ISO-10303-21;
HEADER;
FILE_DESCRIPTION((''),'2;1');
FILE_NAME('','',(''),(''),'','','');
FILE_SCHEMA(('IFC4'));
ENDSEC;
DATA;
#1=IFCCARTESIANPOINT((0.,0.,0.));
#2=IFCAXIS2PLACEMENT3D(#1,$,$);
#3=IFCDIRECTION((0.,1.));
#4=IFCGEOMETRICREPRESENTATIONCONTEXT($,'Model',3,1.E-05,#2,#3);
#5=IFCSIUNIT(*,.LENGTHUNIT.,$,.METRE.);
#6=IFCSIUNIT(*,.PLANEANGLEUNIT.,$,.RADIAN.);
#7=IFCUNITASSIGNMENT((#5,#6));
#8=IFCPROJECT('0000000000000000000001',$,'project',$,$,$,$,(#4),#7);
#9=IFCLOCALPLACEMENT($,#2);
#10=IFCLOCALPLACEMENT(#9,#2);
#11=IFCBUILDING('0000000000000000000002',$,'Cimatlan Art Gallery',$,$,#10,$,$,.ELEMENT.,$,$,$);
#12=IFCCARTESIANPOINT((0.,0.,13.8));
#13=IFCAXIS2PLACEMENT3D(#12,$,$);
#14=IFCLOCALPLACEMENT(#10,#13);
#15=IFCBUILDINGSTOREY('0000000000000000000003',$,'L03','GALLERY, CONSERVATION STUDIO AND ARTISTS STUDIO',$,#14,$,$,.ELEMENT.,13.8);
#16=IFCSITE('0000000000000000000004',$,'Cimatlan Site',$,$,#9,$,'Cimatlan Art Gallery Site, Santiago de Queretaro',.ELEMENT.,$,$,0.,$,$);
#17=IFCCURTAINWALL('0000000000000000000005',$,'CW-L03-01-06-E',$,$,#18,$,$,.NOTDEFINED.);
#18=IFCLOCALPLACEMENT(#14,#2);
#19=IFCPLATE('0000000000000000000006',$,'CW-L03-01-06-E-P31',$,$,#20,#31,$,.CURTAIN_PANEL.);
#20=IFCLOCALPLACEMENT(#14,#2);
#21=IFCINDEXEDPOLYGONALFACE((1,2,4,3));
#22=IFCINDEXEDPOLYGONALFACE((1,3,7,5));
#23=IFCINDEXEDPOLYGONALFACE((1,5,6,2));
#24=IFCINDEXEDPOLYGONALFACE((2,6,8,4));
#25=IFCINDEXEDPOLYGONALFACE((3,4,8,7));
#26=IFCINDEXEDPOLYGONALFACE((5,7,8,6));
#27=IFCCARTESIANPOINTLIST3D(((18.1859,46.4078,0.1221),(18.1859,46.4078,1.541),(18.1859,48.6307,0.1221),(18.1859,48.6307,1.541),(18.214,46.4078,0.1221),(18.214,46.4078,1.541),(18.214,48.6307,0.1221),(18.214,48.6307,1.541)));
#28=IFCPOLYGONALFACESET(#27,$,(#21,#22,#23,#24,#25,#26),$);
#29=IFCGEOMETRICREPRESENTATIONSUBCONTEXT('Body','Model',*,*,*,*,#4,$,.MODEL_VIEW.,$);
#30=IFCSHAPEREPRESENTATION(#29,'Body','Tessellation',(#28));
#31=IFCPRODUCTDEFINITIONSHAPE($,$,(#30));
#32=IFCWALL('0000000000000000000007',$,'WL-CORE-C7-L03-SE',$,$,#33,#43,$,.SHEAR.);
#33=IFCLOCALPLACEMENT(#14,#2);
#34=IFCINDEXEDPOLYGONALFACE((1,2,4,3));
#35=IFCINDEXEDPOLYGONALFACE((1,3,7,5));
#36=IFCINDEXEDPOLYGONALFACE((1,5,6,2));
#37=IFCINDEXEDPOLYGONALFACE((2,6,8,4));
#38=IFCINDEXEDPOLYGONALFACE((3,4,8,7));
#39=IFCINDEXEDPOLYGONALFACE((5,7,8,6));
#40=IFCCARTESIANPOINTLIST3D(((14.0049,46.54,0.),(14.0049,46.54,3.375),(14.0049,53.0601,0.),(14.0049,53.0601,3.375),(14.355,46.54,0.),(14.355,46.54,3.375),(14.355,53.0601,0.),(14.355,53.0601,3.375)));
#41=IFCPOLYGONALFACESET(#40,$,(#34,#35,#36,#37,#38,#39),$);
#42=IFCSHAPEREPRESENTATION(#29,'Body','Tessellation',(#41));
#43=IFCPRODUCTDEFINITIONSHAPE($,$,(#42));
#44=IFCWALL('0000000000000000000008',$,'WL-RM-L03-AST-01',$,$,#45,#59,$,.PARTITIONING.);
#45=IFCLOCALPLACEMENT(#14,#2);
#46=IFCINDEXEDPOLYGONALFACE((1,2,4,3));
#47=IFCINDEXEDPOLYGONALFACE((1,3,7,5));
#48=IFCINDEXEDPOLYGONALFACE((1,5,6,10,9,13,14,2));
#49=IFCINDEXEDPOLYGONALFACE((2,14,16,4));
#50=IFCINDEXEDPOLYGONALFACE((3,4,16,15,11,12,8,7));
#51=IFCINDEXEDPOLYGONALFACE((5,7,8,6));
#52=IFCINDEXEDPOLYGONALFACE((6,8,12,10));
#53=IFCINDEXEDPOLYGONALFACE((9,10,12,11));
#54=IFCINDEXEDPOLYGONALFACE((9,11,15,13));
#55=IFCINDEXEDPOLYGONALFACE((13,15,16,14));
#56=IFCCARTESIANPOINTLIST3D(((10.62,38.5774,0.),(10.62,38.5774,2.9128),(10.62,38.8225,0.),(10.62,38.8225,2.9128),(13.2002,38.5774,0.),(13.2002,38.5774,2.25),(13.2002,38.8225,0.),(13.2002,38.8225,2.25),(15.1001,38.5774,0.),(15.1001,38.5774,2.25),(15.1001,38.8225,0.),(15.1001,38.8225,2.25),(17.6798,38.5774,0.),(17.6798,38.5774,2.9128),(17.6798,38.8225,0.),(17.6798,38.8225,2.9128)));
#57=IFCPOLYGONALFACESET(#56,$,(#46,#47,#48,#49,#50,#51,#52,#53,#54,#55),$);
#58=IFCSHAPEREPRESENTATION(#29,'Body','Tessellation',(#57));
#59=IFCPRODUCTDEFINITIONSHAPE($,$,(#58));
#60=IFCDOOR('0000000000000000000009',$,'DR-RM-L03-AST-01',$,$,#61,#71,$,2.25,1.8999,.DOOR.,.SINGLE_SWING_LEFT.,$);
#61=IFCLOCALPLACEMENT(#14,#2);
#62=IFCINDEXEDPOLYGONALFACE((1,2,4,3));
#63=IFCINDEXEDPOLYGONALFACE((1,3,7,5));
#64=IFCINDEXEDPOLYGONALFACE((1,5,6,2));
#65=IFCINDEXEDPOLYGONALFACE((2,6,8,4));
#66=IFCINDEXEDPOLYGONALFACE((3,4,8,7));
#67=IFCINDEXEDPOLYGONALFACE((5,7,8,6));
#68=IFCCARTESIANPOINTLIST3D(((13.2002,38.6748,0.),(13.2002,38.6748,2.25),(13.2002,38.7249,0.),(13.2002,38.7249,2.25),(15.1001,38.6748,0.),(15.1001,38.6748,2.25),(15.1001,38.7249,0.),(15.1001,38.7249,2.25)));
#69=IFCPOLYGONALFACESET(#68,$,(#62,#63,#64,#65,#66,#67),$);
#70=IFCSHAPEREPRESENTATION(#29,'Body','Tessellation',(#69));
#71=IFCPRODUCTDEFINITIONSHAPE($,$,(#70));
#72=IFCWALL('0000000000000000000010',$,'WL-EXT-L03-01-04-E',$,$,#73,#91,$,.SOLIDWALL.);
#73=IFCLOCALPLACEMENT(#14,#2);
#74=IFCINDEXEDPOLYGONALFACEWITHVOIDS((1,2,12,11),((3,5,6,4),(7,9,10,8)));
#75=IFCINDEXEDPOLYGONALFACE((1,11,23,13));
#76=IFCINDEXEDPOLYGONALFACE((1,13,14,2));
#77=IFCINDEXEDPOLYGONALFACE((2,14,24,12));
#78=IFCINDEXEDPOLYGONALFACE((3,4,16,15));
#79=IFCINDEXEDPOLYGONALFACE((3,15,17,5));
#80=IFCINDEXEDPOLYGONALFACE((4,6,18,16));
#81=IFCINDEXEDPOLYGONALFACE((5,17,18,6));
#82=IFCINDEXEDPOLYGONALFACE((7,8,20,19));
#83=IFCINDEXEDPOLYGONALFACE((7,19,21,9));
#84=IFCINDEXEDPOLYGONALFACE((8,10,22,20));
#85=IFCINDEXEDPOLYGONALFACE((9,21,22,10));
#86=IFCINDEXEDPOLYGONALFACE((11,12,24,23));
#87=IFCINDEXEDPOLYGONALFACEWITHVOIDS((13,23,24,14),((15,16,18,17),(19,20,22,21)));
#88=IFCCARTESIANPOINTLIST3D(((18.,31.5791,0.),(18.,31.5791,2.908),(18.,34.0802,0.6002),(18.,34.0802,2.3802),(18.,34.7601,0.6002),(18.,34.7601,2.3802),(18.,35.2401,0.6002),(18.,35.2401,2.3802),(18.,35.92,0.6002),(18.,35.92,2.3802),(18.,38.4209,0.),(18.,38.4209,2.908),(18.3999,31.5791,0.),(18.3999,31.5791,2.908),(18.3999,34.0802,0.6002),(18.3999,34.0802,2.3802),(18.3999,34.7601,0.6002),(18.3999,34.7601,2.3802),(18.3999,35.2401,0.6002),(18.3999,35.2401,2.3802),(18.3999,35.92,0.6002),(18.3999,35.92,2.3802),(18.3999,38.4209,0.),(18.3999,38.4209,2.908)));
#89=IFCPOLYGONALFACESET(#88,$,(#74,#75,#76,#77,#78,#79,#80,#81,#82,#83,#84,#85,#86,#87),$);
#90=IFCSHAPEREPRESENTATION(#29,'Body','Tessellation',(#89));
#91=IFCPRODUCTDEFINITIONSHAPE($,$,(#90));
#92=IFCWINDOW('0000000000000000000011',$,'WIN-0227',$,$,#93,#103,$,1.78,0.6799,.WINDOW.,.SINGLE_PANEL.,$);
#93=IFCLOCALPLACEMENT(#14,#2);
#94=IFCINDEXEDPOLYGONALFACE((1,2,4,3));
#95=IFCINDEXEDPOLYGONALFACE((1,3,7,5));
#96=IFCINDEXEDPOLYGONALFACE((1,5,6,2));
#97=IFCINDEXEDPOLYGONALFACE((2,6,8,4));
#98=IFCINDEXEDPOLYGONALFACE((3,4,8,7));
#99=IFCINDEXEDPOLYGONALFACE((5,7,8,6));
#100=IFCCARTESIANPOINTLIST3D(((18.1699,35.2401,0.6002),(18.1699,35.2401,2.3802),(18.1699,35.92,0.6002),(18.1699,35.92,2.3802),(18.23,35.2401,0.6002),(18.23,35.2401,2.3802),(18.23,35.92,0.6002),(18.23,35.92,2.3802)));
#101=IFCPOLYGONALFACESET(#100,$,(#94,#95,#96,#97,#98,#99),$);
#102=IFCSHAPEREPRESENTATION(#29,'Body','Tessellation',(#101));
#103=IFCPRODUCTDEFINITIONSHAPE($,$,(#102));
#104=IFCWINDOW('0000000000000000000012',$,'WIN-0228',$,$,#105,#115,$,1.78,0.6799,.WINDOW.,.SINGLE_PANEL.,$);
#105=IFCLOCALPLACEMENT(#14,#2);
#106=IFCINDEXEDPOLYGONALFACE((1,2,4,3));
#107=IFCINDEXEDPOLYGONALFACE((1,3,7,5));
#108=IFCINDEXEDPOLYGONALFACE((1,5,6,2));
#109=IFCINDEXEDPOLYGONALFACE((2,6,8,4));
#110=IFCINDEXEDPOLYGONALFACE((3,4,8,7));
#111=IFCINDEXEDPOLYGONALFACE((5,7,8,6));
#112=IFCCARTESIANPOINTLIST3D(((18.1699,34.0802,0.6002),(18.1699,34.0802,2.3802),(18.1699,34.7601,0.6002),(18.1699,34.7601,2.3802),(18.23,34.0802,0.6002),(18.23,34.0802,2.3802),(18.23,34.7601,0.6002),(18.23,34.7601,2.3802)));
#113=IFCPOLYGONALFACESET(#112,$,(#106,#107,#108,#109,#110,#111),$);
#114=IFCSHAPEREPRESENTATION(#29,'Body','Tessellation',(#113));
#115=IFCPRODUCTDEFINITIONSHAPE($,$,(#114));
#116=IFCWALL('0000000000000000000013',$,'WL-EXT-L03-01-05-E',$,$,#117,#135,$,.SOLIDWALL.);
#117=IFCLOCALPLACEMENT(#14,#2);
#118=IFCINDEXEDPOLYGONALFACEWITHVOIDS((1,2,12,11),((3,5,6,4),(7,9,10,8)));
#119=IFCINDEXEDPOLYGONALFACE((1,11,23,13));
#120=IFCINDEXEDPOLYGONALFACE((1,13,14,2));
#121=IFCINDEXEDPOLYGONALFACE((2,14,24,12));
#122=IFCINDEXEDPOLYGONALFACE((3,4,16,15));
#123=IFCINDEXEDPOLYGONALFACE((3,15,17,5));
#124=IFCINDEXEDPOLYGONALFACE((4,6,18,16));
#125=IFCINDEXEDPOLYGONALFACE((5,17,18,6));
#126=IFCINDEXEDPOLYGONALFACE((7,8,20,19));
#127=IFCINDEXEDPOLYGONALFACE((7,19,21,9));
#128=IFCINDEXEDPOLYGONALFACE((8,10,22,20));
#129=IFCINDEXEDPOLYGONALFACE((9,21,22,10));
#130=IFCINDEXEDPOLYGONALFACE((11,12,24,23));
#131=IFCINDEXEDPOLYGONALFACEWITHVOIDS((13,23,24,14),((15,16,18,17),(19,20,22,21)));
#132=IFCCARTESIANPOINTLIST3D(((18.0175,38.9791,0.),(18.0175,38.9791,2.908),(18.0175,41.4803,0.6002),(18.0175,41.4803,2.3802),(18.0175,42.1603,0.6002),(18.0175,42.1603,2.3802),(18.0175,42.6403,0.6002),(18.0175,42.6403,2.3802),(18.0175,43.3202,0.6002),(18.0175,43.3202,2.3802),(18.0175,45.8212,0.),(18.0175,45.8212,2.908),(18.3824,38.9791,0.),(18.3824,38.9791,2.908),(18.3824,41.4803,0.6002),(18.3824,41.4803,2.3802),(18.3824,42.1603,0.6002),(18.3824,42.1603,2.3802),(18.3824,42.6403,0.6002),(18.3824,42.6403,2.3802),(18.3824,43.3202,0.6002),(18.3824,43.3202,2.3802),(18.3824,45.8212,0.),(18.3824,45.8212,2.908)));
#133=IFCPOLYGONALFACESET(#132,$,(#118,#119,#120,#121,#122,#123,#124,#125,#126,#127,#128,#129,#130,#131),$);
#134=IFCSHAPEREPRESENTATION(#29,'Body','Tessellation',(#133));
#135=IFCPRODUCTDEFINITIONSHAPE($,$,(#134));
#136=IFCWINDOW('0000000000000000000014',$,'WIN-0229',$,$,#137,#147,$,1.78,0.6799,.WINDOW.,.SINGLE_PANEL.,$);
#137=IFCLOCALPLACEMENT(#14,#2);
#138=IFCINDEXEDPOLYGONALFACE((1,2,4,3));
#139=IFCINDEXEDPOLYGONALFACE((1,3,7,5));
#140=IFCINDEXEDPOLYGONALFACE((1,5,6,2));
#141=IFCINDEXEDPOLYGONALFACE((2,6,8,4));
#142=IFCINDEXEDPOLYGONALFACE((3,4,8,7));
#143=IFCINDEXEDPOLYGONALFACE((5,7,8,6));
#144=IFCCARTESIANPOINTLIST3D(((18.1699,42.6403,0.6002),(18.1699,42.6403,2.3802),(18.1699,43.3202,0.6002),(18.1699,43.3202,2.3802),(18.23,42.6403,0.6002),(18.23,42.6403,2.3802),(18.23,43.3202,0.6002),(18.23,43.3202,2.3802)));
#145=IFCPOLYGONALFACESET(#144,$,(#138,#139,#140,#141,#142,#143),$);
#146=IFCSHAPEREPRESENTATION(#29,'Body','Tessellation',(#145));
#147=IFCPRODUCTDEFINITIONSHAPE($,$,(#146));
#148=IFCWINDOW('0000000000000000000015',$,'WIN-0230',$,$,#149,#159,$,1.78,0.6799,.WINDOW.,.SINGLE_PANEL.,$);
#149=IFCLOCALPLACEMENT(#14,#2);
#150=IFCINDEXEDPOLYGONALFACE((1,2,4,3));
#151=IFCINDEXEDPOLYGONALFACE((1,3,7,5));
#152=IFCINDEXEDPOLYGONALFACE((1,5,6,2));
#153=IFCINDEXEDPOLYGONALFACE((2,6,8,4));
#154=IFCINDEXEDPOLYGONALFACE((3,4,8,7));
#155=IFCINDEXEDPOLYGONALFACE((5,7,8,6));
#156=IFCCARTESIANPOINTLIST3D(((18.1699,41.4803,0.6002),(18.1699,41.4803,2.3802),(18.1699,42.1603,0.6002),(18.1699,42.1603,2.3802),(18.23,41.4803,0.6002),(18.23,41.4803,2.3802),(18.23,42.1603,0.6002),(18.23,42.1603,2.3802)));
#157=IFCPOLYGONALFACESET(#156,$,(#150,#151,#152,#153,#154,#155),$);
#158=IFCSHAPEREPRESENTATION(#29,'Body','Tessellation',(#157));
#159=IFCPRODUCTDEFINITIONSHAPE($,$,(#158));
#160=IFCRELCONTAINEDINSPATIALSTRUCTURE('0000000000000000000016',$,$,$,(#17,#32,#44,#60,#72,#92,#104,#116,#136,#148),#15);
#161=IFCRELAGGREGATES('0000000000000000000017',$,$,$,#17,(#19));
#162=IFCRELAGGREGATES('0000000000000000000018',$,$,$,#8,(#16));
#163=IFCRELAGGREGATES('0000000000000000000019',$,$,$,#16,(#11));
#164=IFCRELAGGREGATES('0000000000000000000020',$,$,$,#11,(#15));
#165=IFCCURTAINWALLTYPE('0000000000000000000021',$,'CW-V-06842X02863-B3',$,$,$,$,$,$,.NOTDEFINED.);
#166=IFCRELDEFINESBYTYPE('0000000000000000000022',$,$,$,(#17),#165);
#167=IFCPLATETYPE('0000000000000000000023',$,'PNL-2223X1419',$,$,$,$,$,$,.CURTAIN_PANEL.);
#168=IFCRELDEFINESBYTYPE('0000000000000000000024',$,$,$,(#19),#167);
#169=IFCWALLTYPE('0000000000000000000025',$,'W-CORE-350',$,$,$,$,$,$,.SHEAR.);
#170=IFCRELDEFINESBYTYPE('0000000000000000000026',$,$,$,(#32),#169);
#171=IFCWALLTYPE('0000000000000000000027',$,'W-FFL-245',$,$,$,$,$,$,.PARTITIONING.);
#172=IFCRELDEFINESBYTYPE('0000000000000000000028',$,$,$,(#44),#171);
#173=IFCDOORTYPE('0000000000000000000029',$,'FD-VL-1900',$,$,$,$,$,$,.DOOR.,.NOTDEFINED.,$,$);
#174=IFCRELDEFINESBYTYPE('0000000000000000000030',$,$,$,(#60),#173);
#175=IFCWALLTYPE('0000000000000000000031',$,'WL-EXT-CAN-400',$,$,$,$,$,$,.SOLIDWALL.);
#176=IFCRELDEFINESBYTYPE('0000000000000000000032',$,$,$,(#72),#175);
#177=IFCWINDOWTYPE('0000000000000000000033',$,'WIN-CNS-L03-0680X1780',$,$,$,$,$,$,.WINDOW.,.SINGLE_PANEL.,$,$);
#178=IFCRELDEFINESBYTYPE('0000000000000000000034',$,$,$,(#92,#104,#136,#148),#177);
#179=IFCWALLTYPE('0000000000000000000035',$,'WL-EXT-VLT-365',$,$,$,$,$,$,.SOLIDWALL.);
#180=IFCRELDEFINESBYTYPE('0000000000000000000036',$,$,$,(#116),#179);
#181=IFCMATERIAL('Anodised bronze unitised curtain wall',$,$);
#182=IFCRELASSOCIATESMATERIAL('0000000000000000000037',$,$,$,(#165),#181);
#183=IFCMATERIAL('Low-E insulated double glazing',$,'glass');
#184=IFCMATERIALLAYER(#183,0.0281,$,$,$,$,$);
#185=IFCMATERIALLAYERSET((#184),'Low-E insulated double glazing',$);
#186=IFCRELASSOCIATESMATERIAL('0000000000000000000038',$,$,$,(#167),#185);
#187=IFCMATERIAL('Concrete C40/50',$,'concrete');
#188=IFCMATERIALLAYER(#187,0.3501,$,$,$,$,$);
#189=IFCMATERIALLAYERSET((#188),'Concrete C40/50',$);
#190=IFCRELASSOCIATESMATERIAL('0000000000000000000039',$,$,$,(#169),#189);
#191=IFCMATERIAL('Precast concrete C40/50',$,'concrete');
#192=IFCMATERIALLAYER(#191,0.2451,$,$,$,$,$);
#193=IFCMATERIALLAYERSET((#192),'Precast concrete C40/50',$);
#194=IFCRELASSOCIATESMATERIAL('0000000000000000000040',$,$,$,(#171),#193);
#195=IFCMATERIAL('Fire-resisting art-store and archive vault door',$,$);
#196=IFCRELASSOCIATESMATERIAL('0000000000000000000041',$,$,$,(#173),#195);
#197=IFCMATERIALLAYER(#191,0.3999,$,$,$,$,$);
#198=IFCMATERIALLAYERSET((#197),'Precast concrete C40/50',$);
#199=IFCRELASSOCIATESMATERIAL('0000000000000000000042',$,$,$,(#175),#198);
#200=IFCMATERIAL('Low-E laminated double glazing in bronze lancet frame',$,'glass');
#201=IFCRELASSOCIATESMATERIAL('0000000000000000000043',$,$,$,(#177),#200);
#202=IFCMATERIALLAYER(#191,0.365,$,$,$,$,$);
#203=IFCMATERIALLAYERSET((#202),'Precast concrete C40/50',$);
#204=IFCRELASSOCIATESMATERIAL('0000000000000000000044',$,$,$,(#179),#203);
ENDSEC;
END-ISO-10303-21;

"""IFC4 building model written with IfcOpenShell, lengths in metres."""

from ifc_helpers import new_model, si_unit, direction, frame, frame_2d, origin, origin_2d, place, context, subcontext, project, spatial, rectangle, extrude, material, layer, layer_set, type_object, element, fill, aggregate, save


model = new_model("IFC4")

# Units and contexts
model_context = context("Model", 3, precision=1e-05, world=origin(), true_north=direction((0.0, 1.0)))
body_context = subcontext(model_context, "Body", "Model", "MODEL_VIEW")
ifc_project = project(units=[si_unit("LENGTHUNIT", "METRE"), si_unit("PLANEANGLEUNIT", "RADIAN")], contexts=[model_context])

# Site, building, storey
site_placement = place(None, origin())
site = spatial("IfcSite", under=ifc_project, at=site_placement, Name="Cimatlan Site", LongName="Cimatlan Art Gallery Site, Santiago de Queretaro", CompositionType="ELEMENT", RefElevation=0.0)
building_placement = place(site_placement, origin())
building = spatial("IfcBuilding", under=site, at=building_placement, Name="Cimatlan Art Gallery", CompositionType="ELEMENT")
storey_placement = place(building_placement, frame((0.0, 0.0, 13.8)))
storey = spatial("IfcBuildingStorey", under=building, at=storey_placement, Name="L03", Description="GALLERY, CONSERVATION STUDIO AND ARTISTS STUDIO", CompositionType="ELEMENT", Elevation=13.8)

# Curtain wall, plate
ifc_material_1 = material(Name="Anodised bronze unitised curtain wall")
curtain_wall_type = type_object("IfcCurtainWallType", Name="CW-V-06842X02863-B3", PredefinedType="NOTDEFINED", material=ifc_material_1)
curtain_wall_placement = place(storey_placement, origin())
curtain_wall = element("IfcCurtainWall", 1, at=curtain_wall_placement, inside=storey, type_object=curtain_wall_type, Name="CW-L03-01-06-E", PredefinedType="NOTDEFINED")
ifc_material_2 = material(Name="Low-E insulated double glazing", Category="glass")
ifc_layer_1 = layer(ifc_material_2, 0.0281)
ifc_layer_set_1 = layer_set([ifc_layer_1], Name="Low-E insulated double glazing")
plate_type_1 = type_object("IfcPlateType", Name="PNL-2223X1419", PredefinedType="CURTAIN_PANEL", material=ifc_layer_set_1)
plate_1_placement = place(storey_placement, frame((18.2, 47.5193, 0.1221), z_axis=(0.0, 0.0, 1.0), x_axis=(0.0, -1.0, 0.0)))
plate_1 = element("IfcPlate", 2, at=plate_1_placement, type_object=plate_type_1, Name="CW-L03-01-06-E-P31", PredefinedType="CURTAIN_PANEL", context=body_context, shape_type="SweptSolid", body=[
    extrude(rectangle(XDim=2.2229, YDim=0.0281, at=origin_2d()), origin(), (0.0, 0.0, 1.0), 1.4189),
])
aggregate(curtain_wall, [plate_1])

# Wall
ifc_material_3 = material(Name="Concrete C40/50", Category="concrete")
ifc_layer_2 = layer(ifc_material_3, 0.3501)
ifc_layer_set_2 = layer_set([ifc_layer_2], Name="Concrete C40/50")
wall_type_1 = type_object("IfcWallType", Name="W-CORE-350", PredefinedType="SHEAR", material=ifc_layer_set_2)
wall_1_placement = place(storey_placement, frame((14.1799, 46.54, 0.0), z_axis=(0.0, 0.0, 1.0), x_axis=(0.0, 1.0, 0.0)))
element("IfcWall", 3, at=wall_1_placement, inside=storey, type_object=wall_type_1, Name="WL-CORE-C7-L03-SE", PredefinedType="SHEAR", context=body_context, shape_type="SweptSolid", body=[
    extrude(rectangle(XDim=6.52, YDim=0.3501, at=frame_2d((3.26, 0.0))), origin(), (0.0, 0.0, 1.0), 3.375),
])

# Wall, opening, door
ifc_material_4 = material(Name="Precast concrete C40/50", Category="concrete")
ifc_layer_3 = layer(ifc_material_4, 0.2451)
ifc_layer_set_3 = layer_set([ifc_layer_3], Name="Precast concrete C40/50")
wall_type_2 = type_object("IfcWallType", Name="W-FFL-245", PredefinedType="PARTITIONING", material=ifc_layer_set_3)
wall_2_placement = place(storey_placement, frame((10.6201, 38.7, 0.0), z_axis=(0.0, 0.0, 1.0), x_axis=(1.0, 0.0, 0.0)))
wall_2 = element("IfcWall", 4, at=wall_2_placement, inside=storey, type_object=wall_type_2, Name="WL-RM-L03-AST-01", PredefinedType="PARTITIONING", context=body_context, shape_type="SweptSolid", body=[
    extrude(rectangle(XDim=7.0598, YDim=0.2451, at=frame_2d((3.5298, 0.0))), origin(), (0.0, 0.0, 1.0), 2.9128),
])
opening_1_placement = place(wall_2_placement, frame((2.5801, 0.0, 0.0)))
opening_1 = element("IfcOpeningElement", 5, at=opening_1_placement, cuts=wall_2, PredefinedType="OPENING", context=body_context, shape_type="SweptSolid", body=[
    extrude(rectangle(XDim=1.8999, YDim=2.25, at=frame_2d((0.95, 1.125))), frame((0.0, 0.1326, 0.0), z_axis=(0.0, -1.0, 0.0), x_axis=(1.0, 0.0, 0.0)), (0.0, 0.0, 1.0), 0.2651),
])
ifc_material_5 = material(Name="Fire-resisting art-store and archive vault door")
door_type = type_object("IfcDoorType", Name="FD-VL-1900", OperationType="NOTDEFINED", PredefinedType="DOOR", material=ifc_material_5)
door_placement = place(opening_1_placement, origin())
door = element("IfcDoor", 6, at=door_placement, inside=storey, type_object=door_type, Name="DR-RM-L03-AST-01", OperationType="SINGLE_SWING_LEFT", OverallHeight=2.25, OverallWidth=1.8999, PredefinedType="DOOR", context=body_context, shape_type="SweptSolid", body=[
    extrude(rectangle(XDim=1.8999, YDim=2.25, at=frame_2d((0.95, 1.125))), frame((0.0, 0.0249, 0.0), z_axis=(0.0, -1.0, 0.0), x_axis=(1.0, 0.0, 0.0)), (0.0, 0.0, 1.0), 0.05),
])
fill(opening_1, door)

# Walls, openings, windows
ifc_layer_4 = layer(ifc_material_4, 0.3999)
ifc_layer_set_4 = layer_set([ifc_layer_4], Name="Precast concrete C40/50")
wall_type_3 = type_object("IfcWallType", Name="WL-EXT-CAN-400", PredefinedType="SOLIDWALL", material=ifc_layer_set_4)
wall_3_placement = place(storey_placement, frame((18.2, 38.4209, 0.0), z_axis=(0.0, 0.0, 1.0), x_axis=(0.0, -1.0, 0.0)))
wall_3 = element("IfcWall", 7, at=wall_3_placement, inside=storey, type_object=wall_type_3, Name="WL-EXT-L03-01-04-E", PredefinedType="SOLIDWALL", context=body_context, shape_type="SweptSolid", body=[
    extrude(rectangle(XDim=6.8418, YDim=0.3999, at=frame_2d((3.4209, 0.0))), origin(), (0.0, 0.0, 1.0), 2.908),
])
opening_2_placement = place(wall_3_placement, frame((2.501, 0.0, 0.6001)))
opening_2 = element("IfcOpeningElement", 8, at=opening_2_placement, cuts=wall_3, PredefinedType="OPENING", context=body_context, shape_type="SweptSolid", body=[
    extrude(rectangle(XDim=0.6799, YDim=1.78, at=frame_2d((0.3398, 0.8901))), frame((0.0, 0.21, 0.0), z_axis=(0.0, -1.0, 0.0), x_axis=(1.0, 0.0, 0.0)), (0.0, 0.0, 1.0), 0.4199),
])
opening_3_placement = place(wall_3_placement, frame((3.6609, 0.0, 0.6001)))
opening_3 = element("IfcOpeningElement", 9, at=opening_3_placement, cuts=wall_3, PredefinedType="OPENING", context=body_context, shape_type="SweptSolid", body=[
    extrude(rectangle(XDim=0.6799, YDim=1.78, at=frame_2d((0.3398, 0.8901))), frame((0.0, 0.21, 0.0), z_axis=(0.0, -1.0, 0.0), x_axis=(1.0, 0.0, 0.0)), (0.0, 0.0, 1.0), 0.4199),
])
ifc_material_6 = material(Name="Low-E laminated double glazing in bronze lancet frame", Category="glass")
window_type = type_object("IfcWindowType", Name="WIN-CNS-L03-0680X1780", PartitioningType="SINGLE_PANEL", PredefinedType="WINDOW", material=ifc_material_6)
window_1_placement = place(opening_2_placement, origin())
window_1 = element("IfcWindow", 10, at=window_1_placement, inside=storey, type_object=window_type, Name="WIN-0227", OverallHeight=1.78, OverallWidth=0.6799, PartitioningType="SINGLE_PANEL", PredefinedType="WINDOW", context=body_context, shape_type="SweptSolid", body=[
    extrude(rectangle(XDim=0.6799, YDim=1.78, at=frame_2d((0.3398, 0.8901))), frame((0.0, 0.03, 0.0), z_axis=(0.0, -1.0, 0.0), x_axis=(1.0, 0.0, 0.0)), (0.0, 0.0, 1.0), 0.0601),
])
fill(opening_2, window_1)
window_2_placement = place(opening_3_placement, origin())
window_2 = element("IfcWindow", 11, at=window_2_placement, inside=storey, type_object=window_type, Name="WIN-0228", OverallHeight=1.78, OverallWidth=0.6799, PartitioningType="SINGLE_PANEL", PredefinedType="WINDOW", context=body_context, shape_type="SweptSolid", body=[
    extrude(rectangle(XDim=0.6799, YDim=1.78, at=frame_2d((0.3398, 0.8901))), frame((0.0, 0.03, 0.0), z_axis=(0.0, -1.0, 0.0), x_axis=(1.0, 0.0, 0.0)), (0.0, 0.0, 1.0), 0.0601),
])
fill(opening_3, window_2)
ifc_layer_5 = layer(ifc_material_4, 0.365)
ifc_layer_set_5 = layer_set([ifc_layer_5], Name="Precast concrete C40/50")
wall_type_4 = type_object("IfcWallType", Name="WL-EXT-VLT-365", PredefinedType="SOLIDWALL", material=ifc_layer_set_5)
wall_4_placement = place(storey_placement, frame((18.2, 45.821, 0.0), z_axis=(0.0, 0.0, 1.0), x_axis=(0.0, -1.0, 0.0)))
wall_4 = element("IfcWall", 12, at=wall_4_placement, inside=storey, type_object=wall_type_4, Name="WL-EXT-L03-01-05-E", PredefinedType="SOLIDWALL", context=body_context, shape_type="SweptSolid", body=[
    extrude(rectangle(XDim=6.842, YDim=0.365, at=frame_2d((3.4209, 0.0))), origin(), (0.0, 0.0, 1.0), 2.908),
])
opening_4_placement = place(wall_4_placement, frame((2.501, 0.0, 0.6001)))
opening_4 = element("IfcOpeningElement", 13, at=opening_4_placement, cuts=wall_4, PredefinedType="OPENING", context=body_context, shape_type="SweptSolid", body=[
    extrude(rectangle(XDim=0.6799, YDim=1.78, at=frame_2d((0.3398, 0.8901))), frame((0.0, 0.1924, 0.0), z_axis=(0.0, -1.0, 0.0), x_axis=(1.0, 0.0, 0.0)), (0.0, 0.0, 1.0), 0.385),
])
opening_5_placement = place(wall_4_placement, frame((3.6609, 0.0, 0.6001)))
opening_5 = element("IfcOpeningElement", 14, at=opening_5_placement, cuts=wall_4, PredefinedType="OPENING", context=body_context, shape_type="SweptSolid", body=[
    extrude(rectangle(XDim=0.6799, YDim=1.78, at=frame_2d((0.3398, 0.8901))), frame((0.0, 0.1924, 0.0), z_axis=(0.0, -1.0, 0.0), x_axis=(1.0, 0.0, 0.0)), (0.0, 0.0, 1.0), 0.385),
])
window_3_placement = place(opening_4_placement, origin())
window_3 = element("IfcWindow", 15, at=window_3_placement, inside=storey, type_object=window_type, Name="WIN-0229", OverallHeight=1.78, OverallWidth=0.6799, PartitioningType="SINGLE_PANEL", PredefinedType="WINDOW", context=body_context, shape_type="SweptSolid", body=[
    extrude(rectangle(XDim=0.6799, YDim=1.78, at=frame_2d((0.3398, 0.8901))), frame((0.0, 0.03, 0.0), z_axis=(0.0, -1.0, 0.0), x_axis=(1.0, 0.0, 0.0)), (0.0, 0.0, 1.0), 0.0601),
])
fill(opening_4, window_3)
window_4_placement = place(opening_5_placement, origin())
window_4 = element("IfcWindow", 16, at=window_4_placement, inside=storey, type_object=window_type, Name="WIN-0230", OverallHeight=1.78, OverallWidth=0.6799, PartitioningType="SINGLE_PANEL", PredefinedType="WINDOW", context=body_context, shape_type="SweptSolid", body=[
    extrude(rectangle(XDim=0.6799, YDim=1.78, at=frame_2d((0.3398, 0.8901))), frame((0.0, 0.03, 0.0), z_axis=(0.0, -1.0, 0.0), x_axis=(1.0, 0.0, 0.0)), (0.0, 0.0, 1.0), 0.0601),
])
fill(opening_5, window_4)

save(model, "model.ifc")
